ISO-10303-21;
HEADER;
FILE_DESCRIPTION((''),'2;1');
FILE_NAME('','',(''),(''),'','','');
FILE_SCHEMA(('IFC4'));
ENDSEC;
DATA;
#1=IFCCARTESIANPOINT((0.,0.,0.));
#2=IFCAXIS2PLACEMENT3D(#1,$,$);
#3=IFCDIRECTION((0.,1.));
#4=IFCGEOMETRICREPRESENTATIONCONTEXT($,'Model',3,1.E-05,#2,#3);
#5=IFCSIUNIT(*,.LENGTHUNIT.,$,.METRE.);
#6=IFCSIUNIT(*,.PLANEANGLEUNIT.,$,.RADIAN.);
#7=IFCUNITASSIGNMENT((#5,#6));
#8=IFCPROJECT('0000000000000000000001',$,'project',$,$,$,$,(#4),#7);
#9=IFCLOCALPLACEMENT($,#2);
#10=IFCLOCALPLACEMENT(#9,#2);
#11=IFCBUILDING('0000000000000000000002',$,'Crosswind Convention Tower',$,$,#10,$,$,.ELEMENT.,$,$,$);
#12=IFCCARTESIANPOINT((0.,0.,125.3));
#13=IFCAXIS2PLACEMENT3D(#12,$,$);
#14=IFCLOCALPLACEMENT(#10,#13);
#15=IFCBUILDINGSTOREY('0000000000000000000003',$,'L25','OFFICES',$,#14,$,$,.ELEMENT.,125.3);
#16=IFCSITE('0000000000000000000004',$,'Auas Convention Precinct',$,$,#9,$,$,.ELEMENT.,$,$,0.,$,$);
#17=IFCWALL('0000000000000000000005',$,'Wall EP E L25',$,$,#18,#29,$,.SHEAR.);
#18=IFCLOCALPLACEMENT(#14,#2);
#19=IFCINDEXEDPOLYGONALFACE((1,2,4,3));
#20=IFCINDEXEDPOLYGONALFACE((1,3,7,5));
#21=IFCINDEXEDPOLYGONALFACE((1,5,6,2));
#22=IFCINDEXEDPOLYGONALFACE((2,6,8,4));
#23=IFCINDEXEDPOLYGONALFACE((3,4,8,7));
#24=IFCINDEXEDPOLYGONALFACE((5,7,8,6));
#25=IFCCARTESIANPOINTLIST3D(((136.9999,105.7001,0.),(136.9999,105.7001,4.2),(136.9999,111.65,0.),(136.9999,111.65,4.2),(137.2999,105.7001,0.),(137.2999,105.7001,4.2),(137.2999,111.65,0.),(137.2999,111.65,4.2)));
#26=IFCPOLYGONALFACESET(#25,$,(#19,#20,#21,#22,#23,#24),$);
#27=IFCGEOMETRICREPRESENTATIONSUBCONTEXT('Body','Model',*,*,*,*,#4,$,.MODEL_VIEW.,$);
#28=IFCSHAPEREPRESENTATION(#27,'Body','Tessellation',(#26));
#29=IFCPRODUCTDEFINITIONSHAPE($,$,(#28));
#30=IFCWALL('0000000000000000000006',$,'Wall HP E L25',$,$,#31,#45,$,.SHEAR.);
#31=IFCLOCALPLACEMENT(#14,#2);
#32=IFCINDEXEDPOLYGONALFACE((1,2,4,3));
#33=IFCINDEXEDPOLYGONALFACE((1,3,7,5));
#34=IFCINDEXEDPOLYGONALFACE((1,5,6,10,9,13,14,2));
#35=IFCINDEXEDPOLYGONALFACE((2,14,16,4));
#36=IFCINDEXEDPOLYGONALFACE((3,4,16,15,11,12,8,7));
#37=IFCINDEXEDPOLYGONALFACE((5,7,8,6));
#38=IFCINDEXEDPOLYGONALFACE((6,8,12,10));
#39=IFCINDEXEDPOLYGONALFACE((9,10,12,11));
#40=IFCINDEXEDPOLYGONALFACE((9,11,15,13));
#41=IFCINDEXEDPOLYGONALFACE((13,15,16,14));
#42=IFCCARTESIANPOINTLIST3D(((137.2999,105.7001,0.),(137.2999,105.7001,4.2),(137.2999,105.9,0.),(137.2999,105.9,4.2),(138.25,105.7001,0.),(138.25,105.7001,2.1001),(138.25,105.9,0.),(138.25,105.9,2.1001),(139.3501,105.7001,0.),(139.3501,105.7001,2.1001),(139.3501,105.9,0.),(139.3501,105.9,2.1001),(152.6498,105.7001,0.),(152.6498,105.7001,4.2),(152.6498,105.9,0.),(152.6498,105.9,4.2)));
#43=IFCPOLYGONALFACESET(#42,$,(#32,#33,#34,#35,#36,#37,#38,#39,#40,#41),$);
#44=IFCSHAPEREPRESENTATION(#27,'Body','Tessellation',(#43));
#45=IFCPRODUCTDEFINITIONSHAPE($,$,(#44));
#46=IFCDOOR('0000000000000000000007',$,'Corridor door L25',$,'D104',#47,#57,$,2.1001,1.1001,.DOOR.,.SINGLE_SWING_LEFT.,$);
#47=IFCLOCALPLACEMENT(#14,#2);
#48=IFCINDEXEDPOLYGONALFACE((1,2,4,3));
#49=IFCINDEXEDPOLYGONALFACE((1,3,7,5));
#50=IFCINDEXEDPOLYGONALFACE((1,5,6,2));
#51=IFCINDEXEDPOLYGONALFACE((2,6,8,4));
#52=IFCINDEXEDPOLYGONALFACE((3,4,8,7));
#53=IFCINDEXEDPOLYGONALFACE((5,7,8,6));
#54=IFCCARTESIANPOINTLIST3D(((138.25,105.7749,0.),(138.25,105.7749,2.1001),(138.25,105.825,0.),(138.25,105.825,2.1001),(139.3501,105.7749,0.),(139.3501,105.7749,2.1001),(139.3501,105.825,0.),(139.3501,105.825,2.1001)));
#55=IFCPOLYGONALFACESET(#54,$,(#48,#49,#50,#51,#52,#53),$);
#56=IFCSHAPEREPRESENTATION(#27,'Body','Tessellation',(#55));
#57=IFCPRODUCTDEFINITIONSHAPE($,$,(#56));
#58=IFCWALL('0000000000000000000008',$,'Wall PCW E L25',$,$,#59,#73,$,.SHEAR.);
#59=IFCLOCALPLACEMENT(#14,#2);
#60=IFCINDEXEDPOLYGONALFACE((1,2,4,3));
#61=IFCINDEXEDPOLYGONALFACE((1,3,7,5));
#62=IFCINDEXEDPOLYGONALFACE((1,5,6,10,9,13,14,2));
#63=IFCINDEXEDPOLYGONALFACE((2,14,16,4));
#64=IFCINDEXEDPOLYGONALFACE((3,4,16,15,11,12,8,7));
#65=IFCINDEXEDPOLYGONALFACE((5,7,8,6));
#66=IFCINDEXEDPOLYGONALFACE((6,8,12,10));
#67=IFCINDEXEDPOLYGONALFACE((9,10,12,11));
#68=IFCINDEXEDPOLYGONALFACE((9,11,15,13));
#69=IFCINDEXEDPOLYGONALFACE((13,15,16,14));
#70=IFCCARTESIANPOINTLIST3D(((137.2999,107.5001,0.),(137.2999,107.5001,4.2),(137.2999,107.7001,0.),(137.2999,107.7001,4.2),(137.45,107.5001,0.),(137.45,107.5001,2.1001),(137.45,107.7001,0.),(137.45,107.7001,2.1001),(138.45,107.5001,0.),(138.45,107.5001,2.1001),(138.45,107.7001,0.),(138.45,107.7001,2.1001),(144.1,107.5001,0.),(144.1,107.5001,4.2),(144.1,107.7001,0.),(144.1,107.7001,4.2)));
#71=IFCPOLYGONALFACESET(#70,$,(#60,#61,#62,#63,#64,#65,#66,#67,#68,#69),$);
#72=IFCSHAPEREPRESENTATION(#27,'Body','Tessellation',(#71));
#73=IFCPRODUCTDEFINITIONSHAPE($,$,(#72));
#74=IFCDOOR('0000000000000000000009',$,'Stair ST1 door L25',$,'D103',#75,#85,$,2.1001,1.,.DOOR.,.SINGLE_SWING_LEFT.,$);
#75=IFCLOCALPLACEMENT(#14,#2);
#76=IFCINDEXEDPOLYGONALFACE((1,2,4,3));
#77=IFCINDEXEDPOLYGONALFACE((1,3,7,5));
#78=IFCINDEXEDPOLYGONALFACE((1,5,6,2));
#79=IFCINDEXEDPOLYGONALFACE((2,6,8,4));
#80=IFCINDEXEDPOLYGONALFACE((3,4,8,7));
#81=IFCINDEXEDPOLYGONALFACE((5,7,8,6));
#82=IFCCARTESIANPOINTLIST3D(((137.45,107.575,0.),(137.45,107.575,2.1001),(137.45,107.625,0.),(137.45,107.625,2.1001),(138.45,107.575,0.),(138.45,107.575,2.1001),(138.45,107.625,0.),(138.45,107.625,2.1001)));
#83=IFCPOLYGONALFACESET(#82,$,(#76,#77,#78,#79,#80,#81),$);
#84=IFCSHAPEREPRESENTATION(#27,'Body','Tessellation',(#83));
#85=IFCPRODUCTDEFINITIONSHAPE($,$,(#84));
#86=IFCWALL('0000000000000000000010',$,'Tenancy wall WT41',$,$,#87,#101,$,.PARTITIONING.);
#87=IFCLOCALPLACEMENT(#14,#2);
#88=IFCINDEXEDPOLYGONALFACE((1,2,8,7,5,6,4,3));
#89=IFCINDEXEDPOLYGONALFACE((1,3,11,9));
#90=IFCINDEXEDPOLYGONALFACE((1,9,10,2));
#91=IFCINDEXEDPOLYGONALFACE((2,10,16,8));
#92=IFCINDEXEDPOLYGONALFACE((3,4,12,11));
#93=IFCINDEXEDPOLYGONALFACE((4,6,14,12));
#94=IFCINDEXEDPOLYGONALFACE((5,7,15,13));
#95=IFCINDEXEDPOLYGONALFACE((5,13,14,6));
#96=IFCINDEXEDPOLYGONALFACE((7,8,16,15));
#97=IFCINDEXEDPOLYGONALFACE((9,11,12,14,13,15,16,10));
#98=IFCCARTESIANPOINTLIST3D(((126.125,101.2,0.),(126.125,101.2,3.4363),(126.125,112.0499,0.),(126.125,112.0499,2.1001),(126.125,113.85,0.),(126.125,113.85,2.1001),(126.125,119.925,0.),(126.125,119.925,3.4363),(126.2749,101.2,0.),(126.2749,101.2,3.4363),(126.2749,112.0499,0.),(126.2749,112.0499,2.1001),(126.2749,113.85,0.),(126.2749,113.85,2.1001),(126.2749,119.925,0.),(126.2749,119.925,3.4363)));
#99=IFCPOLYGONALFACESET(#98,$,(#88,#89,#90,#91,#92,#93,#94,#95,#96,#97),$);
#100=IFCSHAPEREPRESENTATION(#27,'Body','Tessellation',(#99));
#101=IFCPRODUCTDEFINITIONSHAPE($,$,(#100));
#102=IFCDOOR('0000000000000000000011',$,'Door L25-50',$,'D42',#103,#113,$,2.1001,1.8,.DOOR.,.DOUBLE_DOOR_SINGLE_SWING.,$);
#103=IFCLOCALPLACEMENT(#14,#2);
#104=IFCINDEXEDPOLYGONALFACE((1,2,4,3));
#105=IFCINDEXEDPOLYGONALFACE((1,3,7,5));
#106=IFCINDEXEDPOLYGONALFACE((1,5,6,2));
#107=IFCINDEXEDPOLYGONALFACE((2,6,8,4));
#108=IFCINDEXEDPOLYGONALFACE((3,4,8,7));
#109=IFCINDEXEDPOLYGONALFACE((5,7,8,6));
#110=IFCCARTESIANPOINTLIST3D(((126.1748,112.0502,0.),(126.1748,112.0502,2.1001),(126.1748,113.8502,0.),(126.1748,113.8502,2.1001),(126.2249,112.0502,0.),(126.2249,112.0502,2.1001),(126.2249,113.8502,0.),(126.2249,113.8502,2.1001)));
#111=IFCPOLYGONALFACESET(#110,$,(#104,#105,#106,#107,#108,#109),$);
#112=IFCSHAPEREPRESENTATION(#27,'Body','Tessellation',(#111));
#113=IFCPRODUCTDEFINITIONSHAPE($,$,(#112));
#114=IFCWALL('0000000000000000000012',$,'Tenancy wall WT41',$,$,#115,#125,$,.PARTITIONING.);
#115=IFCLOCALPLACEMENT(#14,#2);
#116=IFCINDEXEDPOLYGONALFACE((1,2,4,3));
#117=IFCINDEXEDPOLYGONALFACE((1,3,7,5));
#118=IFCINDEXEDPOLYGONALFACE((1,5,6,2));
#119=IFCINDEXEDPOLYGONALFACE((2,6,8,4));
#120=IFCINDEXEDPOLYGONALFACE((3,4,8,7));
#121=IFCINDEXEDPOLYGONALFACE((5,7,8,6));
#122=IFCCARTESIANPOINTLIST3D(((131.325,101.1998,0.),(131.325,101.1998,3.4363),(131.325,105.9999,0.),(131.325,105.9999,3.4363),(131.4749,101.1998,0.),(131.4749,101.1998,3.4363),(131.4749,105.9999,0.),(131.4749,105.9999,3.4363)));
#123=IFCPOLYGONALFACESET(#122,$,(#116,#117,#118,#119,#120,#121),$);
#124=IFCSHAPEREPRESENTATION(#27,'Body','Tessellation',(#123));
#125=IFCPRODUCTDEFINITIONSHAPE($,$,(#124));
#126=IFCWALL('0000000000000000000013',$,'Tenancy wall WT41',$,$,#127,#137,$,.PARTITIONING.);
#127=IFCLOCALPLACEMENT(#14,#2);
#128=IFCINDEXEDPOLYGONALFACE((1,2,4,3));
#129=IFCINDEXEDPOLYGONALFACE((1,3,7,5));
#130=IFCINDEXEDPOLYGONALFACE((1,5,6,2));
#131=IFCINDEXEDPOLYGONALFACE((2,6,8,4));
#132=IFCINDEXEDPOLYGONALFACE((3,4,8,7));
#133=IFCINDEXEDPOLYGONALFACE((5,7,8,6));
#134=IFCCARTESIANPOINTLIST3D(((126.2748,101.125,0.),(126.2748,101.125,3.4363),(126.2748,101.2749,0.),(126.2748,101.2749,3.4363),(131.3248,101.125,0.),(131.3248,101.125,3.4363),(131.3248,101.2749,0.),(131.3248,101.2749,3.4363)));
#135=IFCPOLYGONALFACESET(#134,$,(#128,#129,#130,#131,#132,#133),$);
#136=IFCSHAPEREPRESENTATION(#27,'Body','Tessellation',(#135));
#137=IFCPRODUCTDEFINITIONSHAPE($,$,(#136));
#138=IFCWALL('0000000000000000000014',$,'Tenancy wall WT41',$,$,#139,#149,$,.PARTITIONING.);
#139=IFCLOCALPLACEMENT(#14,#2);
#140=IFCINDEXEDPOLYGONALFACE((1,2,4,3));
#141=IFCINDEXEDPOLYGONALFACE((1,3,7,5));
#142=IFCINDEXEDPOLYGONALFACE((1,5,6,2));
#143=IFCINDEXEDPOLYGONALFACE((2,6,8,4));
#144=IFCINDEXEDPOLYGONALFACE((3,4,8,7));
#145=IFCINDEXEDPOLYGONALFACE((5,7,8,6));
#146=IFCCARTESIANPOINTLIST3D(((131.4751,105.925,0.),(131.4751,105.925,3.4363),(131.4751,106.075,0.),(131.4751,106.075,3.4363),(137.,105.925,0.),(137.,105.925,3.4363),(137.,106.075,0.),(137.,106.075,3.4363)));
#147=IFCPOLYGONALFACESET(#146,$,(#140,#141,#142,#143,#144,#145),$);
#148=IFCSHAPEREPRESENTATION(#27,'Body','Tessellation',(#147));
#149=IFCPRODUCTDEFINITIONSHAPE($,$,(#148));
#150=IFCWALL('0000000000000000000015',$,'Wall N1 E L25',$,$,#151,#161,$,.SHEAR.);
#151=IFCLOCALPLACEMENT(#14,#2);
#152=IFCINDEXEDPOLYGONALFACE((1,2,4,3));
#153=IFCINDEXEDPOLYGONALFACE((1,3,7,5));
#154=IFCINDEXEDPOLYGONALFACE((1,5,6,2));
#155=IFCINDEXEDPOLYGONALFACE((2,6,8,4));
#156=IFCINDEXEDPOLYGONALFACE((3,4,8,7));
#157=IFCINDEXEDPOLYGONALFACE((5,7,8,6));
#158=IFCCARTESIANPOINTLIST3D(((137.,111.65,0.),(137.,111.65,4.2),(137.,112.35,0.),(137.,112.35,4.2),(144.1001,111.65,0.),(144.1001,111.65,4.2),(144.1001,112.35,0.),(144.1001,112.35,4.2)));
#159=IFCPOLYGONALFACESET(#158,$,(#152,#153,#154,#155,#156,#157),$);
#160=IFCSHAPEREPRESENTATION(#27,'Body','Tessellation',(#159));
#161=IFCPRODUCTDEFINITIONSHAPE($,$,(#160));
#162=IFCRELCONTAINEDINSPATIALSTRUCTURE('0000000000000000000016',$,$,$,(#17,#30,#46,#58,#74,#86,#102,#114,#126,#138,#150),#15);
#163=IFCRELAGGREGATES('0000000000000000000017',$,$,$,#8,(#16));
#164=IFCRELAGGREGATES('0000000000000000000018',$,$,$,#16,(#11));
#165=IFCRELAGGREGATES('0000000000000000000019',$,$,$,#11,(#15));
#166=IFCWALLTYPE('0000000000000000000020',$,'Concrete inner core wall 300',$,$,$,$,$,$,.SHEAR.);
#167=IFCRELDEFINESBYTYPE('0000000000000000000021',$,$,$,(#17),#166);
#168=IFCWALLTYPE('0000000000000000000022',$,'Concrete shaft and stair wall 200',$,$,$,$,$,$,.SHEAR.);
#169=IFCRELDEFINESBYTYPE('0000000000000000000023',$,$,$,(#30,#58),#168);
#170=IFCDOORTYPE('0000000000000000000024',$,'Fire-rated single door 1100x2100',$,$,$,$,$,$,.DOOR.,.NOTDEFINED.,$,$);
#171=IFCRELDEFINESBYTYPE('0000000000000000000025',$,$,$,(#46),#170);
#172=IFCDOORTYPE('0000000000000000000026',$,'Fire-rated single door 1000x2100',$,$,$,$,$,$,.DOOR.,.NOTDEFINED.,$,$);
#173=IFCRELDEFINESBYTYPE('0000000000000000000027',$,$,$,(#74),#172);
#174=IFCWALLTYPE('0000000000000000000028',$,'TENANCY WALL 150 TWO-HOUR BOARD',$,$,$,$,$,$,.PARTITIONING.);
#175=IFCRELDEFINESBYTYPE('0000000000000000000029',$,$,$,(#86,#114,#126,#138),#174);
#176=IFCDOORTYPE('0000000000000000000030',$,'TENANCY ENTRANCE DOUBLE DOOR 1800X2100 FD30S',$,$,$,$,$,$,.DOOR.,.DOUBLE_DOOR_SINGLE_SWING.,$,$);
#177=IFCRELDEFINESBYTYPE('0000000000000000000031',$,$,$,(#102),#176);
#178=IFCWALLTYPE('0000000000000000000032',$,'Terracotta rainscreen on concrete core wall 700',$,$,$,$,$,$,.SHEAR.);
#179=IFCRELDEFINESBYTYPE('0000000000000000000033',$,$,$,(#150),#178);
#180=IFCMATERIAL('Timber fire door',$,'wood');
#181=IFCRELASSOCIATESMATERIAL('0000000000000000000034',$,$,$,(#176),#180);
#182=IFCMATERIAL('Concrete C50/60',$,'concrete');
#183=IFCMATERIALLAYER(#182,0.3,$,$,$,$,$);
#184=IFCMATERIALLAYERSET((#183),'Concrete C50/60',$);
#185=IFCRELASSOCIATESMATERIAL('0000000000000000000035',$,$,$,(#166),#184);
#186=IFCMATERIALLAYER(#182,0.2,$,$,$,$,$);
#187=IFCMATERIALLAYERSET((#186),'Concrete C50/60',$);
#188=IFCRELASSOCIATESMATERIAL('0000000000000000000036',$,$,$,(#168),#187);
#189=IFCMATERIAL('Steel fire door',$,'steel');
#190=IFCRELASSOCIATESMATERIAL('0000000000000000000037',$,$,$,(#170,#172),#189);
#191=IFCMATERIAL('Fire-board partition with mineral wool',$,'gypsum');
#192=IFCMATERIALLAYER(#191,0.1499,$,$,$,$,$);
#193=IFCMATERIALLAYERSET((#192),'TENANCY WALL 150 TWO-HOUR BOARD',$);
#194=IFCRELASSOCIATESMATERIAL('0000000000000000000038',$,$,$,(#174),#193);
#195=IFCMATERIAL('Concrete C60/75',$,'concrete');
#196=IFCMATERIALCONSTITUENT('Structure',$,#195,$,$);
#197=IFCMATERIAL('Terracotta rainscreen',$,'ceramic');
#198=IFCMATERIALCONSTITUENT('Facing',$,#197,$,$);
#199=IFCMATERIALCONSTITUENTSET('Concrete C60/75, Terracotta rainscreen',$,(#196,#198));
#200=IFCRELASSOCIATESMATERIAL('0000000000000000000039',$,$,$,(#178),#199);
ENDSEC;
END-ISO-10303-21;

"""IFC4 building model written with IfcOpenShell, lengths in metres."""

from ifc_helpers import new_model, si_unit, direction, frame, frame_2d, origin, place, context, subcontext, project, spatial, rectangle, extrude, material, layer, layer_set, constituent, constituent_set, type_object, element, fill, save


model = new_model("IFC4")

# Units and contexts
model_context = context("Model", 3, precision=1e-05, world=origin(), true_north=direction((0.0, 1.0)))
body_context = subcontext(model_context, "Body", "Model", "MODEL_VIEW")
ifc_project = project(units=[si_unit("LENGTHUNIT", "METRE"), si_unit("PLANEANGLEUNIT", "RADIAN")], contexts=[model_context])

# Site, building, storey
site_placement = place(None, origin())
site = spatial("IfcSite", under=ifc_project, at=site_placement, Name="Auas Convention Precinct", CompositionType="ELEMENT", RefElevation=0.0)
building_placement = place(site_placement, origin())
building = spatial("IfcBuilding", under=site, at=building_placement, Name="Crosswind Convention Tower", CompositionType="ELEMENT")
storey_placement = place(building_placement, frame((0.0, 0.0, 125.3)))
storey = spatial("IfcBuildingStorey", under=building, at=storey_placement, Name="L25", Description="OFFICES", CompositionType="ELEMENT", Elevation=125.3)

# Shared definitions
ifc_material_1 = material(Name="Steel fire door", Category="steel")
ifc_material_2 = material(Name="Timber fire door", Category="wood")
door_type_1 = type_object("IfcDoorType", Name="TENANCY ENTRANCE DOUBLE DOOR 1800X2100 FD30S", OperationType="DOUBLE_DOOR_SINGLE_SWING", PredefinedType="DOOR", material=ifc_material_2)

# Wall
ifc_material_3 = material(Name="Concrete C50/60", Category="concrete")
ifc_layer_1 = layer(ifc_material_3, 0.3)
ifc_layer_set_1 = layer_set([ifc_layer_1], Name="Concrete C50/60")
wall_type_1 = type_object("IfcWallType", Name="Concrete inner core wall 300", PredefinedType="SHEAR", material=ifc_layer_set_1)
wall_1_placement = place(storey_placement, frame((137.1499, 105.7, 0.0), z_axis=(0.0, 0.0, 1.0), x_axis=(0.0, 1.0, 0.0)))
element("IfcWall", 1, at=wall_1_placement, inside=storey, type_object=wall_type_1, Name="Wall EP E L25", PredefinedType="SHEAR", context=body_context, shape_type="SweptSolid", body=[
    extrude(rectangle(XDim=5.95, YDim=0.3, at=frame_2d((2.9751, 0.0))), origin(), (0.0, 0.0, 1.0), 4.2),
])

# Walls, openings, doors
ifc_layer_2 = layer(ifc_material_3, 0.2)
ifc_layer_set_2 = layer_set([ifc_layer_2], Name="Concrete C50/60")
wall_type_2 = type_object("IfcWallType", Name="Concrete shaft and stair wall 200", PredefinedType="SHEAR", material=ifc_layer_set_2)
wall_2_placement = place(storey_placement, frame((137.3, 105.8, 0.0), z_axis=(0.0, 0.0, 1.0), x_axis=(1.0, 0.0, 0.0)))
wall_2 = element("IfcWall", 2, at=wall_2_placement, inside=storey, type_object=wall_type_2, Name="Wall HP E L25", PredefinedType="SHEAR", context=body_context, shape_type="SweptSolid", body=[
    extrude(rectangle(XDim=15.3499, YDim=0.2, at=frame_2d((7.6748, 0.0))), origin(), (0.0, 0.0, 1.0), 4.2),
])
opening_1_placement = place(wall_2_placement, frame((0.95, 0.0, 0.0)))
opening_1 = element("IfcOpeningElement", 3, at=opening_1_placement, cuts=wall_2, PredefinedType="OPENING", context=body_context, shape_type="SweptSolid", body=[
    extrude(rectangle(XDim=1.1001, YDim=2.1001, at=frame_2d((0.55, 1.05))), frame((0.0, 0.1099, 0.0), z_axis=(0.0, -1.0, 0.0), x_axis=(1.0, 0.0, 0.0)), (0.0, 0.0, 1.0), 0.22),
])
door_type_2 = type_object("IfcDoorType", Name="Fire-rated single door 1100x2100", OperationType="NOTDEFINED", PredefinedType="DOOR", material=ifc_material_1)
door_1_placement = place(opening_1_placement, origin())
door_1 = element("IfcDoor", 4, at=door_1_placement, inside=storey, type_object=door_type_2, Name="Corridor door L25", ObjectType="D104", OperationType="SINGLE_SWING_LEFT", OverallHeight=2.1001, OverallWidth=1.1001, PredefinedType="DOOR", context=body_context, shape_type="SweptSolid", body=[
    extrude(rectangle(XDim=1.1001, YDim=2.1001, at=frame_2d((0.55, 1.05))), frame((0.0, 0.0249, 0.0), z_axis=(0.0, -1.0, 0.0), x_axis=(1.0, 0.0, 0.0)), (0.0, 0.0, 1.0), 0.05),
])
fill(opening_1, door_1)
wall_3_placement = place(storey_placement, frame((137.3, 107.6001, 0.0), z_axis=(0.0, 0.0, 1.0), x_axis=(1.0, 0.0, 0.0)))
wall_3 = element("IfcWall", 5, at=wall_3_placement, inside=storey, type_object=wall_type_2, Name="Wall PCW E L25", PredefinedType="SHEAR", context=body_context, shape_type="SweptSolid", body=[
    extrude(rectangle(XDim=6.8, YDim=0.2, at=frame_2d((3.3999, 0.0))), origin(), (0.0, 0.0, 1.0), 4.2),
])
opening_2_placement = place(wall_3_placement, frame((0.1499, 0.0, 0.0)))
opening_2 = element("IfcOpeningElement", 6, at=opening_2_placement, cuts=wall_3, PredefinedType="OPENING", context=body_context, shape_type="SweptSolid", body=[
    extrude(rectangle(XDim=1.0, YDim=2.1001, at=frame_2d((0.5, 1.05))), frame((0.0, 0.1099, 0.0), z_axis=(0.0, -1.0, 0.0), x_axis=(1.0, 0.0, 0.0)), (0.0, 0.0, 1.0), 0.22),
])
door_type_3 = type_object("IfcDoorType", Name="Fire-rated single door 1000x2100", OperationType="NOTDEFINED", PredefinedType="DOOR", material=ifc_material_1)
door_2_placement = place(opening_2_placement, origin())
door_2 = element("IfcDoor", 7, at=door_2_placement, inside=storey, type_object=door_type_3, Name="Stair ST1 door L25", ObjectType="D103", OperationType="SINGLE_SWING_LEFT", OverallHeight=2.1001, OverallWidth=1.0, PredefinedType="DOOR", context=body_context, shape_type="SweptSolid", body=[
    extrude(rectangle(XDim=1.0, YDim=2.1001, at=frame_2d((0.5, 1.05))), frame((0.0, 0.0249, 0.0), z_axis=(0.0, -1.0, 0.0), x_axis=(1.0, 0.0, 0.0)), (0.0, 0.0, 1.0), 0.05),
])
fill(opening_2, door_2)
ifc_material_4 = material(Name="Fire-board partition with mineral wool", Category="gypsum")
ifc_layer_3 = layer(ifc_material_4, 0.1499)
ifc_layer_set_3 = layer_set([ifc_layer_3], Name="TENANCY WALL 150 TWO-HOUR BOARD")
wall_type_3 = type_object("IfcWallType", Name="TENANCY WALL 150 TWO-HOUR BOARD", PredefinedType="PARTITIONING", material=ifc_layer_set_3)
wall_4_placement = place(storey_placement, frame((126.2, 101.2, 0.0), z_axis=(0.0, 0.0, 1.0), x_axis=(0.0, 1.0, 0.0)))
wall_4 = element("IfcWall", 8, at=wall_4_placement, inside=storey, type_object=wall_type_3, Name="Tenancy wall WT41", PredefinedType="PARTITIONING", context=body_context, shape_type="SweptSolid", body=[
    extrude(rectangle(XDim=18.7251, YDim=0.1499, at=frame_2d((9.3625, 0.0))), origin(), (0.0, 0.0, 1.0), 3.4363),
])
opening_3_placement = place(wall_4_placement, frame((10.8501, 0.0, 0.0)))
opening_3 = element("IfcOpeningElement", 9, at=opening_3_placement, cuts=wall_4, PredefinedType="OPENING", context=body_context, shape_type="SweptSolid", body=[
    extrude(rectangle(XDim=1.8, YDim=2.1001, at=frame_2d((0.8999, 1.05))), frame((0.0, 0.085, 0.0), z_axis=(0.0, -1.0, 0.0), x_axis=(1.0, 0.0, 0.0)), (0.0, 0.0, 1.0), 0.1699),
])
door_3_placement = place(opening_3_placement, frame((1.8, 0.0, 0.0), z_axis=(0.0, 0.0, 1.0), x_axis=(-1.0, 0.0, 0.0)))
door_3 = element("IfcDoor", 10, at=door_3_placement, inside=storey, type_object=door_type_1, Name="Door L25-50", ObjectType="D42", OperationType="DOUBLE_DOOR_SINGLE_SWING", OverallHeight=2.1001, OverallWidth=1.8, PredefinedType="DOOR", context=body_context, shape_type="SweptSolid", body=[
    extrude(rectangle(XDim=1.8, YDim=2.1001, at=frame_2d((0.8999, 1.05))), frame((0.0, 0.0249, 0.0), z_axis=(0.0, -1.0, 0.0), x_axis=(1.0, 0.0, 0.0)), (0.0, 0.0, 1.0), 0.05),
])
fill(opening_3, door_3)

# Walls
wall_5_placement = place(storey_placement, frame((131.3999, 101.2, 0.0), z_axis=(0.0, 0.0, 1.0), x_axis=(0.0, 1.0, 0.0)))
element("IfcWall", 11, at=wall_5_placement, inside=storey, type_object=wall_type_3, Name="Tenancy wall WT41", PredefinedType="PARTITIONING", context=body_context, shape_type="SweptSolid", body=[
    extrude(rectangle(XDim=4.8, YDim=0.1499, at=frame_2d((2.3999, 0.0))), origin(), (0.0, 0.0, 1.0), 3.4363),
])
wall_6_placement = place(storey_placement, frame((126.2749, 101.2, 0.0), z_axis=(0.0, 0.0, 1.0), x_axis=(1.0, 0.0, 0.0)))
element("IfcWall", 12, at=wall_6_placement, inside=storey, type_object=wall_type_3, Name="Tenancy wall WT41", PredefinedType="PARTITIONING", context=body_context, shape_type="SweptSolid", body=[
    extrude(rectangle(XDim=5.05, YDim=0.1499, at=frame_2d((2.5249, 0.0))), origin(), (0.0, 0.0, 1.0), 3.4363),
])
wall_7_placement = place(storey_placement, frame((131.4751, 106.0, 0.0), z_axis=(0.0, 0.0, 1.0), x_axis=(1.0, 0.0, 0.0)))
element("IfcWall", 13, at=wall_7_placement, inside=storey, type_object=wall_type_3, Name="Tenancy wall WT41", PredefinedType="PARTITIONING", context=body_context, shape_type="SweptSolid", body=[
    extrude(rectangle(XDim=5.5249, YDim=0.1499, at=frame_2d((2.7625, 0.0))), origin(), (0.0, 0.0, 1.0), 3.4363),
])
ifc_material_5 = material(Name="Concrete C60/75", Category="concrete")
ifc_constituent_1 = constituent(ifc_material_5, Name="Structure")
ifc_material_6 = material(Name="Terracotta rainscreen", Category="ceramic")
ifc_constituent_2 = constituent(ifc_material_6, Name="Facing")
ifc_constituent_set = constituent_set(constituents=[ifc_constituent_1, ifc_constituent_2], Name="Concrete C60/75, Terracotta rainscreen")
wall_type_4 = type_object("IfcWallType", Name="Terracotta rainscreen on concrete core wall 700", PredefinedType="SHEAR", material=ifc_constituent_set)
wall_8_placement = place(storey_placement, frame((137.0, 112.0, 0.0), z_axis=(0.0, 0.0, 1.0), x_axis=(1.0, 0.0, 0.0)))
element("IfcWall", 14, at=wall_8_placement, inside=storey, type_object=wall_type_4, Name="Wall N1 E L25", PredefinedType="SHEAR", context=body_context, shape_type="SweptSolid", body=[
    extrude(rectangle(XDim=7.1001, YDim=0.7, at=frame_2d((3.55, 0.0))), origin(), (0.0, 0.0, 1.0), 4.2),
])

save(model, "model.ifc")
